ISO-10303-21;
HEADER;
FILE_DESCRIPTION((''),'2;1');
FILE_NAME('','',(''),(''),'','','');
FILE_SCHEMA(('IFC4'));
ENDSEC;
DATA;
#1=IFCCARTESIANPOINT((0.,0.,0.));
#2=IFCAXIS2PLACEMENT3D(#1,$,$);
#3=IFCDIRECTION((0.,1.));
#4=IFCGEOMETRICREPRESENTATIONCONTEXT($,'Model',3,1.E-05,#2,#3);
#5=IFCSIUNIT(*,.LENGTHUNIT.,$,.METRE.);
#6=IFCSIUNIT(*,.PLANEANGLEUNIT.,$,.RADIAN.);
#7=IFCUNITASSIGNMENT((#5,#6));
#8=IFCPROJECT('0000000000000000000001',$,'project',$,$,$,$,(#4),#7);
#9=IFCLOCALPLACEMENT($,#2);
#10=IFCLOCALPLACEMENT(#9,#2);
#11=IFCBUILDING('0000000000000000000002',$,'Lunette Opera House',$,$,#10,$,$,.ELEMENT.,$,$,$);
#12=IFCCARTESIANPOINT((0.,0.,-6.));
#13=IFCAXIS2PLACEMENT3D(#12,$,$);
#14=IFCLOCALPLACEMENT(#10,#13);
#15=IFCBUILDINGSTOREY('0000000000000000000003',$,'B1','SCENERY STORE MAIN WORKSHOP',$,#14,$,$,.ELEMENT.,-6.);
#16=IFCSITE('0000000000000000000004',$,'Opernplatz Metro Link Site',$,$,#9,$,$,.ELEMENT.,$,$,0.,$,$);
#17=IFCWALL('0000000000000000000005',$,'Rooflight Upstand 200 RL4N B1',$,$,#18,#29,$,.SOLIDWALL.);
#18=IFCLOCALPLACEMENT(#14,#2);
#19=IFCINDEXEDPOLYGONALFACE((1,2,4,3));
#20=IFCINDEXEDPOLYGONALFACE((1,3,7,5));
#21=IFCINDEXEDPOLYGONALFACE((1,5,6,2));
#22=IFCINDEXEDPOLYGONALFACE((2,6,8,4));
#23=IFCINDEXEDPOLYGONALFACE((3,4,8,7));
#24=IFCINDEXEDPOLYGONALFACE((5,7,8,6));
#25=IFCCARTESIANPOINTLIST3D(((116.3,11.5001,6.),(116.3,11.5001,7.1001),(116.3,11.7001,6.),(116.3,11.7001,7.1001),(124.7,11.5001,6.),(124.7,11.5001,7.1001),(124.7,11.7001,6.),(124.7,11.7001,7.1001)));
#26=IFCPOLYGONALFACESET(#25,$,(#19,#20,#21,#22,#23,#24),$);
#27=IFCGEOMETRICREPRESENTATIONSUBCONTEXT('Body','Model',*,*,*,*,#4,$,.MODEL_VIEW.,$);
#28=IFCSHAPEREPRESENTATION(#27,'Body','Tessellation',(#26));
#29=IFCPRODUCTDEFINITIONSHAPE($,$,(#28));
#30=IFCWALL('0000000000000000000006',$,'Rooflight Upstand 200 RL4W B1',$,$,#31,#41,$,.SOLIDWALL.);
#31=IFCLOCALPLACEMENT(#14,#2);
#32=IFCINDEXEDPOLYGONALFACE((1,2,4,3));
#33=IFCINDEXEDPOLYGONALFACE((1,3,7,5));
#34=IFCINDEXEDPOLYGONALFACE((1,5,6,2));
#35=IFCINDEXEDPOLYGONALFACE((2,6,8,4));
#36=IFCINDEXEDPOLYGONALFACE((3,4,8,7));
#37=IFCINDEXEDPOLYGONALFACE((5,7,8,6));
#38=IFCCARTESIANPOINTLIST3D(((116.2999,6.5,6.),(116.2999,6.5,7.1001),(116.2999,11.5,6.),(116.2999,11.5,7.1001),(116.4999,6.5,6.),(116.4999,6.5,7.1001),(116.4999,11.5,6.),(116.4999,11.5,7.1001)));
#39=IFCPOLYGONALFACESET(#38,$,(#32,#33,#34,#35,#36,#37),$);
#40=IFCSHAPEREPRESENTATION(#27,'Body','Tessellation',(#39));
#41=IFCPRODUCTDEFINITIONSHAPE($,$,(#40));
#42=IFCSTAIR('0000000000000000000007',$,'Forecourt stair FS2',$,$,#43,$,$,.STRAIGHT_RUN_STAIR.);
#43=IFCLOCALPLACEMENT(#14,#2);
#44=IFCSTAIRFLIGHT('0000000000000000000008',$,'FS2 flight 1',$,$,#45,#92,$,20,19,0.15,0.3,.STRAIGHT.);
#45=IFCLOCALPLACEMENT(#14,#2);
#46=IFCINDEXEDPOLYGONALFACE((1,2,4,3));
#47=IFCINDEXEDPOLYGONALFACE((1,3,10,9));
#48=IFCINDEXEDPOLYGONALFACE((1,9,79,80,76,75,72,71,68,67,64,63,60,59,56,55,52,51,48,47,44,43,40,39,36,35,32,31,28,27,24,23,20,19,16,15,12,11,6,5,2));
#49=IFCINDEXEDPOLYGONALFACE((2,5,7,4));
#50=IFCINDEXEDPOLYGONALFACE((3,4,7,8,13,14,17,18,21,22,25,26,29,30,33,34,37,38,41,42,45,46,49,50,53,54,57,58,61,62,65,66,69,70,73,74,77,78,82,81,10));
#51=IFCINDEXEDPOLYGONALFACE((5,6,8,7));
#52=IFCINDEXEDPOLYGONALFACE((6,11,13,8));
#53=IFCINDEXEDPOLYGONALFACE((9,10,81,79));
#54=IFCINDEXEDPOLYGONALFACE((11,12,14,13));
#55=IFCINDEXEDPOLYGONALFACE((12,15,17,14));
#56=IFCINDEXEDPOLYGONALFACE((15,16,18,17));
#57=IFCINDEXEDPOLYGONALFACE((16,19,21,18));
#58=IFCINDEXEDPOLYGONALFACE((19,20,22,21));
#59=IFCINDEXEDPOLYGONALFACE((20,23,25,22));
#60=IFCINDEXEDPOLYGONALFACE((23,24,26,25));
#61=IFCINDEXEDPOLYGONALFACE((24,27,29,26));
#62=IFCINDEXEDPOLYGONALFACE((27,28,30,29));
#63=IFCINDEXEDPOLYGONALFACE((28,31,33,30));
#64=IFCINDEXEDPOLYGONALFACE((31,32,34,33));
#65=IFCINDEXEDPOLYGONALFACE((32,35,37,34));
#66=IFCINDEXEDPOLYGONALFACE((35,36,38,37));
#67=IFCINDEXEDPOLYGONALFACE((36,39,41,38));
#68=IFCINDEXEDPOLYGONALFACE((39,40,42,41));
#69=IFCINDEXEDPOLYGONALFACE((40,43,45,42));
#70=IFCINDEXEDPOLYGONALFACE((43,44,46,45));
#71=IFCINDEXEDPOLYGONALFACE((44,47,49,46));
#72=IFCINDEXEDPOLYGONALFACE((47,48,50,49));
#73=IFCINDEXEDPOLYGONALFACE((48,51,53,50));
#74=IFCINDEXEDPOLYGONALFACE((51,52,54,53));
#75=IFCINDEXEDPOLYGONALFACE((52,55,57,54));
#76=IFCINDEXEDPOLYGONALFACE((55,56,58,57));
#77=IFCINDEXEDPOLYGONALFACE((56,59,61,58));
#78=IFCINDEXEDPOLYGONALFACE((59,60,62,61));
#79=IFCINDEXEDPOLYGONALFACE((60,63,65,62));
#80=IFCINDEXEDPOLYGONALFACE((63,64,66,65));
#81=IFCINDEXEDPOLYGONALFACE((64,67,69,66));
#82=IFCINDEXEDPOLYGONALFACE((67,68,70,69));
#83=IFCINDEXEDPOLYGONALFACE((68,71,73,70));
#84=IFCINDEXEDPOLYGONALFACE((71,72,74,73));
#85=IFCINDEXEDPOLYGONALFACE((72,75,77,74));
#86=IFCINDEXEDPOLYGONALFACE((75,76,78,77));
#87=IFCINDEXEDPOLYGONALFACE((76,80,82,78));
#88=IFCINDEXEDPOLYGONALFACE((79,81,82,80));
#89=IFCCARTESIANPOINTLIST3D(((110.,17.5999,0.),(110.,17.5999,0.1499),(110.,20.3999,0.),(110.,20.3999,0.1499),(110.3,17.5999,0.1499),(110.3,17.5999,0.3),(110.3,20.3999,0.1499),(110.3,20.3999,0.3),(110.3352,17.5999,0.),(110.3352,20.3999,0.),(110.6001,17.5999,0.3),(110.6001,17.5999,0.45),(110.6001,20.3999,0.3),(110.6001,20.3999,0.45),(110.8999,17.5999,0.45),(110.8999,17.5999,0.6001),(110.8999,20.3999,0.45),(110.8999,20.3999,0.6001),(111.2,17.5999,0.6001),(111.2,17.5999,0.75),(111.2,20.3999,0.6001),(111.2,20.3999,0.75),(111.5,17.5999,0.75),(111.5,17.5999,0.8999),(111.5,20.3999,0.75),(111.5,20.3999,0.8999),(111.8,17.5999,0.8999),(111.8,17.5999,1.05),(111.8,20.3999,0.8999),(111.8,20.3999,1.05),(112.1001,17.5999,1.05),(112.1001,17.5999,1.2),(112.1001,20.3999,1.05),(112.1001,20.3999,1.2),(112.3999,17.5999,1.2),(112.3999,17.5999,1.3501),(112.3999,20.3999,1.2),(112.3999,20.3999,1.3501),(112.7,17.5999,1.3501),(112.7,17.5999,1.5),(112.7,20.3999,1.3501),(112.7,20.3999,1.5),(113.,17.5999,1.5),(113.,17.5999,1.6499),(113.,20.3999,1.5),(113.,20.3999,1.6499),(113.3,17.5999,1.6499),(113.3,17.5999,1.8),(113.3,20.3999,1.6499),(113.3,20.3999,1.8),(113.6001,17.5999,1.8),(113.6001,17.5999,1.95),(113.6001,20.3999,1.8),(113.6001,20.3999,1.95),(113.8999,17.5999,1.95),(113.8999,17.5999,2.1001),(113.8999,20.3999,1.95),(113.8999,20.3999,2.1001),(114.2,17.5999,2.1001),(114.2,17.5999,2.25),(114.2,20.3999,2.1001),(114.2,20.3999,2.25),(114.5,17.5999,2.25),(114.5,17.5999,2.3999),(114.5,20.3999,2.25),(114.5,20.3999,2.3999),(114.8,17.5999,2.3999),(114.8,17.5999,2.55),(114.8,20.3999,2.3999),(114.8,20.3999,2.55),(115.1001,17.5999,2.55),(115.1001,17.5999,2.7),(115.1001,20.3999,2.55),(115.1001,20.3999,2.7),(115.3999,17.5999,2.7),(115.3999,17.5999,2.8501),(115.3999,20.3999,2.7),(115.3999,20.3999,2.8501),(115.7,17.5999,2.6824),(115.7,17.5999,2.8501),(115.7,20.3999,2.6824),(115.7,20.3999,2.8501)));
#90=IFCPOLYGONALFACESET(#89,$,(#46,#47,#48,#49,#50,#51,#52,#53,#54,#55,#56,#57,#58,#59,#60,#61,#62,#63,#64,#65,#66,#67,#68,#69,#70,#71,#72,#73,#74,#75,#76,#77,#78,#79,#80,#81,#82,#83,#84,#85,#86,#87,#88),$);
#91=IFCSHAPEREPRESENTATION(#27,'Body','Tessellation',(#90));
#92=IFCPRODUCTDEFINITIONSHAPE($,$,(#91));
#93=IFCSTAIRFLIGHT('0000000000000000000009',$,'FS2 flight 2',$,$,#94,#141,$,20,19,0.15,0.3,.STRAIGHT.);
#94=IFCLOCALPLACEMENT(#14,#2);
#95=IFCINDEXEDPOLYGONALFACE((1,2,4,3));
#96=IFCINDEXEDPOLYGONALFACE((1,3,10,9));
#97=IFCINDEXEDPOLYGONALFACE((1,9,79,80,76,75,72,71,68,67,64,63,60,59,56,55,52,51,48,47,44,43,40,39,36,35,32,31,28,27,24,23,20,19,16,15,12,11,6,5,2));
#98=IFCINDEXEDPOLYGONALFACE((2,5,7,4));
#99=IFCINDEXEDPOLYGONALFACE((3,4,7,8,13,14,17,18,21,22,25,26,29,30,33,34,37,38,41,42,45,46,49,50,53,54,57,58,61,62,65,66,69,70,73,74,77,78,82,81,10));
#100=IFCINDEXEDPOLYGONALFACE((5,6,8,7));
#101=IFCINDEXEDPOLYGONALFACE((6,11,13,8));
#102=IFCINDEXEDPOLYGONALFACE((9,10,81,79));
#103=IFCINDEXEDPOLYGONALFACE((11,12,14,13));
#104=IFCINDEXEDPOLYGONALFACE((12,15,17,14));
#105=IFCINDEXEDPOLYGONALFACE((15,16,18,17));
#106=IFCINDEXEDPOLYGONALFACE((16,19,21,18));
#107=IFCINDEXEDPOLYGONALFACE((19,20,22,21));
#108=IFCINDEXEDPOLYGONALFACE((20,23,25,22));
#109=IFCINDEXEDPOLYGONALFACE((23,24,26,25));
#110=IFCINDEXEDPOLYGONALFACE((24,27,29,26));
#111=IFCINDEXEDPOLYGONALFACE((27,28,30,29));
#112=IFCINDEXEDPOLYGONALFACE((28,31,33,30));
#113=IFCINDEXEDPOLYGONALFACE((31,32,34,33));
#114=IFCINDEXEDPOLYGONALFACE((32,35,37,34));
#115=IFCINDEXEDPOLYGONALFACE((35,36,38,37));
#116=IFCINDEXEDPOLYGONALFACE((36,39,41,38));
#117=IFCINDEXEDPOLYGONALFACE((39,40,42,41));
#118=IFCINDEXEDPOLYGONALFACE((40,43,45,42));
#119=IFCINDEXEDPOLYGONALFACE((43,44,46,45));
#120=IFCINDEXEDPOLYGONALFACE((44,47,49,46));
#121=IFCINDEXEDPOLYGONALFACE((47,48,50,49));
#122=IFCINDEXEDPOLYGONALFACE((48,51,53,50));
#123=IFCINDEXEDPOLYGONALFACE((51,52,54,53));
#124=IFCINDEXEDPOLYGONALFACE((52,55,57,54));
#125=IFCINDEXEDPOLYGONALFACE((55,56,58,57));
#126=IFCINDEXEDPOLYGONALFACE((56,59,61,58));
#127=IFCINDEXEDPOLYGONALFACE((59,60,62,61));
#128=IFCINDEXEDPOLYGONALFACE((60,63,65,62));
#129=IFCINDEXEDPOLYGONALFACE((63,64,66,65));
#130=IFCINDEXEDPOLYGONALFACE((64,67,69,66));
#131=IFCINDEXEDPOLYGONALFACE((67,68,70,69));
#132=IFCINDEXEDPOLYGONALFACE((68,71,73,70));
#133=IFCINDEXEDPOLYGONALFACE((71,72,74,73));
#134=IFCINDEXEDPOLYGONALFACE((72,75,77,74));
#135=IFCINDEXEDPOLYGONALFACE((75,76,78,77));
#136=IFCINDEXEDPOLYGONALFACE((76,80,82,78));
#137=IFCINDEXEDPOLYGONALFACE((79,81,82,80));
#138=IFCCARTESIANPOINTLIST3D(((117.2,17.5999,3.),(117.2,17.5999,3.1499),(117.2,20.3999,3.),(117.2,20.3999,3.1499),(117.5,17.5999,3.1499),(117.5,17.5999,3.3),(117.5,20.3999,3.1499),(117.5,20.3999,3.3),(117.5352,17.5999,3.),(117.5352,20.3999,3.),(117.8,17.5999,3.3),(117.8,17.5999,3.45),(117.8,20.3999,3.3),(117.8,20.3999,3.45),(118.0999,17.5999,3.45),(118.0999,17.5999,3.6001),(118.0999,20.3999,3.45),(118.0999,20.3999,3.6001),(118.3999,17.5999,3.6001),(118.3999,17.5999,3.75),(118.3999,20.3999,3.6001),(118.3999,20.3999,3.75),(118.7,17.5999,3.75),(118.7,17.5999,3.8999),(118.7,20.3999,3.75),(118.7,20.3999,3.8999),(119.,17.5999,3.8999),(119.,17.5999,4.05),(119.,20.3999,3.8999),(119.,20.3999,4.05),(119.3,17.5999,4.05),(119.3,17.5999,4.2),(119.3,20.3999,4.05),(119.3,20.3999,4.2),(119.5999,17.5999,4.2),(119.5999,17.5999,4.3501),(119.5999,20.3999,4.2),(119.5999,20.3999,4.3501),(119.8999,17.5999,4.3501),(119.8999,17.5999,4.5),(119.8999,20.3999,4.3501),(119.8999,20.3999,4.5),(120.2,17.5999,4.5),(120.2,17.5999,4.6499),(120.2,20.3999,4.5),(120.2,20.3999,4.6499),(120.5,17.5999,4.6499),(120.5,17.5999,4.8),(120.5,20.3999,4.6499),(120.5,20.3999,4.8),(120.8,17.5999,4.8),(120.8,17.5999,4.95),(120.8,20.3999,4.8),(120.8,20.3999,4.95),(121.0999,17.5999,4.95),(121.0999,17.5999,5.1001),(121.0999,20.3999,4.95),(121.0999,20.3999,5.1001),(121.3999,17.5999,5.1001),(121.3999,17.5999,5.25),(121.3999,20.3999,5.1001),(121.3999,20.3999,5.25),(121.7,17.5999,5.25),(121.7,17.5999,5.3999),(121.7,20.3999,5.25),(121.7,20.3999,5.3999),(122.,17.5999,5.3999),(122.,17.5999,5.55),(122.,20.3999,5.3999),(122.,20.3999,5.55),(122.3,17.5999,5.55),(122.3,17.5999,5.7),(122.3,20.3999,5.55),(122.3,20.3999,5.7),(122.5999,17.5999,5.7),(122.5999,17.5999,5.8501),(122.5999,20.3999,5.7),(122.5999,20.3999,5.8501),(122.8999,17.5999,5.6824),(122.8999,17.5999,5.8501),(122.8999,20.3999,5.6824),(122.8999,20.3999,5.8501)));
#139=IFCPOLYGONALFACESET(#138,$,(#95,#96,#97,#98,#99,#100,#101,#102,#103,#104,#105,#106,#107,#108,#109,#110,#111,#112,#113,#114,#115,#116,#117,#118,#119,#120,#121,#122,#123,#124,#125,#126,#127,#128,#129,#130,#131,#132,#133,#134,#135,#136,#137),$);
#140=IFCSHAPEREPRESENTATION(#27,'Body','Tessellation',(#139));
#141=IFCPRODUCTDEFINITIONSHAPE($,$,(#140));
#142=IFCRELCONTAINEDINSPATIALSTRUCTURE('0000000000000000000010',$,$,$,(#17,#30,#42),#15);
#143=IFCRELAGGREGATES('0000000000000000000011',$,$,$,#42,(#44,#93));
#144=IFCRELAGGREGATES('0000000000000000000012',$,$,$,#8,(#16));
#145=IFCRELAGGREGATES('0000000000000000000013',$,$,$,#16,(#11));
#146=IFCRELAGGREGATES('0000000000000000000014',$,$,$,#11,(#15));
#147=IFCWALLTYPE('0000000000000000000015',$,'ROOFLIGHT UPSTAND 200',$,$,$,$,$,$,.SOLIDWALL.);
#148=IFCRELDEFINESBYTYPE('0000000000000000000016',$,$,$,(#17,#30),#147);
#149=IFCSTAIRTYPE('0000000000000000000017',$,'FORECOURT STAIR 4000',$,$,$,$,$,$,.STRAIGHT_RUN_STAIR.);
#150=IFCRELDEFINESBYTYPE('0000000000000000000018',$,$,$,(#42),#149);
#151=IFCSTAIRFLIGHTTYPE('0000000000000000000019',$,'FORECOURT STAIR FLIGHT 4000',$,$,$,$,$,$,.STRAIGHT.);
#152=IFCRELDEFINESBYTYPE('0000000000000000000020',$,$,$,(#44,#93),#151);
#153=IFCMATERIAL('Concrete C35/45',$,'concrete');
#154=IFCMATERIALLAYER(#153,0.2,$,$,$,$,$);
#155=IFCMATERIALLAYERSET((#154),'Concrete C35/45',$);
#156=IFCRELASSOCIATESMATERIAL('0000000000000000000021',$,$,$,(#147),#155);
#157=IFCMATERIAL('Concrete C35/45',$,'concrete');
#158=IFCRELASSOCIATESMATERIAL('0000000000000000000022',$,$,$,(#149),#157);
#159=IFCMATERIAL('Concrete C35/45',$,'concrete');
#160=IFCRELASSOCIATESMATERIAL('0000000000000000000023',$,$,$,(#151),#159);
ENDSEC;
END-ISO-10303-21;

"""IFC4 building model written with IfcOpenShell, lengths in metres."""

from ifc_helpers import new_model, si_unit, direction, frame, frame_2d, origin, place, context, subcontext, project, spatial, polyline, rectangle, outline, extrude, material, layer, layer_set, type_object, element, aggregate, save


model = new_model("IFC4")

# Units and contexts
model_context = context("Model", 3, precision=1e-05, world=origin(), true_north=direction((0.0, 1.0)))
body_context = subcontext(model_context, "Body", "Model", "MODEL_VIEW")
ifc_project = project(units=[si_unit("LENGTHUNIT", "METRE"), si_unit("PLANEANGLEUNIT", "RADIAN")], contexts=[model_context])

# Site, building, storey
site_placement = place(None, origin())
site = spatial("IfcSite", under=ifc_project, at=site_placement, Name="Opernplatz Metro Link Site", CompositionType="ELEMENT", RefElevation=0.0)
building_placement = place(site_placement, origin())
building = spatial("IfcBuilding", under=site, at=building_placement, Name="Lunette Opera House", CompositionType="ELEMENT")
storey_placement = place(building_placement, frame((0.0, 0.0, -6.0)))
storey = spatial("IfcBuildingStorey", under=building, at=storey_placement, Name="B1", Description="SCENERY STORE MAIN WORKSHOP", CompositionType="ELEMENT", Elevation=-6.0)

# Walls
ifc_material_1 = material(Name="Concrete C35/45", Category="concrete")
ifc_layer_1 = layer(ifc_material_1, 0.2)
ifc_layer_set_1 = layer_set([ifc_layer_1], Name="Concrete C35/45")
wall_type_1 = type_object("IfcWallType", Name="ROOFLIGHT UPSTAND 200", PredefinedType="SOLIDWALL", material=ifc_layer_set_1)
for number, where, z_axis, x_axis, name in (
    (1, (116.3, 11.6001, 6.0), (0.0, 0.0, 1.0), (1.0, 0.0, 0.0), "Rooflight Upstand 200 RL4N B1"),
):
    element("IfcWall", number, at=place(storey_placement, frame(where, z_axis=z_axis, x_axis=x_axis)), inside=storey, type_object=wall_type_1, Name=name, PredefinedType="SOLIDWALL", context=body_context, shape_type="SweptSolid", body=[
        extrude(rectangle(XDim=8.3999, YDim=0.2, at=frame_2d((4.2, 0.0))), origin(), (0.0, 0.0, 1.0), 1.1001),
    ])
wall_1_placement = place(storey_placement, frame((116.3999, 6.5, 6.0), z_axis=(0.0, 0.0, 1.0), x_axis=(0.0, 1.0, 0.0)))
element("IfcWall", 2, at=wall_1_placement, inside=storey, type_object=wall_type_1, Name="Rooflight Upstand 200 RL4W B1", PredefinedType="SOLIDWALL", context=body_context, shape_type="SweptSolid", body=[
    extrude(rectangle(XDim=5.0, YDim=0.2, at=frame_2d((2.5, 0.0))), origin(), (0.0, 0.0, 1.0), 1.1001),
])

# Stair, stair flights
ifc_material_2 = material(Name="Concrete C35/45", Category="concrete")
stair_type = type_object("IfcStairType", Name="FORECOURT STAIR 4000", PredefinedType="STRAIGHT_RUN_STAIR", material=ifc_material_2)
stair_placement = place(storey_placement, origin())
stair = element("IfcStair", 3, at=stair_placement, inside=storey, type_object=stair_type, Name="Forecourt stair FS2", PredefinedType="STRAIGHT_RUN_STAIR")
ifc_material_3 = material(Name="Concrete C35/45", Category="concrete")
stair_flight_type = type_object("IfcStairFlightType", Name="FORECOURT STAIR FLIGHT 4000", PredefinedType="STRAIGHT", material=ifc_material_3)
stair_flight_1_placement = place(storey_placement, frame((110.0, 19.0, 0.0), z_axis=(0.0, 0.0, 1.0), x_axis=(1.0, 0.0, 0.0)))
stair_flight_1 = element("IfcStairFlight", 4, at=stair_flight_1_placement, type_object=stair_flight_type, Name="FS2 flight 1", NumberOfRisers=20, NumberOfTreads=19, PredefinedType="STRAIGHT", RiserHeight=0.15, TreadLength=0.3, context=body_context, shape_type="SweptSolid", body=[
    extrude(outline(polyline([(0.0, 0.0), (0.0, 0.1499), (0.3, 0.1499), (0.3, 0.3), (0.6001, 0.3), (0.6001, 0.45), (0.8999, 0.45), (0.8999, 0.6001), (1.2, 0.6001), (1.2, 0.75), (1.5, 0.75), (1.5, 0.8999), (1.8, 0.8999), (1.8, 1.05), (2.1001, 1.05), (2.1001, 1.2), (2.3999, 1.2), (2.3999, 1.3501), (2.7, 1.3501), (2.7, 1.5), (3.0, 1.5), (3.0, 1.6499), (3.3, 1.6499), (3.3, 1.8), (3.6001, 1.8), (3.6001, 1.95), (3.8999, 1.95), (3.8999, 2.1001), (4.2, 2.1001), (4.2, 2.25), (4.5, 2.25), (4.5, 2.3999), (4.8, 2.3999), (4.8, 2.55), (5.1001, 2.55), (5.1001, 2.7), (5.3999, 2.7), (5.3999, 2.8501), (5.7, 2.8501), (5.7, 3.0), (5.7, 2.6824), (0.3352, 0.0), (0.0, 0.0)])), frame((0.0, 1.3999, 0.0), z_axis=(0.0, -1.0, 0.0), x_axis=(1.0, 0.0, 0.0)), (0.0, 0.0, 1.0), 2.8),
])
stair_flight_2_placement = place(storey_placement, frame((117.2, 19.0, 3.0), z_axis=(0.0, 0.0, 1.0), x_axis=(1.0, 0.0, 0.0)))
stair_flight_2 = element("IfcStairFlight", 5, at=stair_flight_2_placement, type_object=stair_flight_type, Name="FS2 flight 2", NumberOfRisers=20, NumberOfTreads=19, PredefinedType="STRAIGHT", RiserHeight=0.15, TreadLength=0.3, context=body_context, shape_type="SweptSolid", body=[
    extrude(outline(polyline([(0.0, 0.0), (0.0, 0.1499), (0.3, 0.1499), (0.3, 0.3), (0.6001, 0.3), (0.6001, 0.45), (0.8999, 0.45), (0.8999, 0.6001), (1.2, 0.6001), (1.2, 0.75), (1.5, 0.75), (1.5, 0.8999), (1.8, 0.8999), (1.8, 1.05), (2.1001, 1.05), (2.1001, 1.2), (2.3999, 1.2), (2.3999, 1.3501), (2.7, 1.3501), (2.7, 1.5), (3.0, 1.5), (3.0, 1.6499), (3.3, 1.6499), (3.3, 1.8), (3.6001, 1.8), (3.6001, 1.95), (3.8999, 1.95), (3.8999, 2.1001), (4.2, 2.1001), (4.2, 2.25), (4.5, 2.25), (4.5, 2.3999), (4.8, 2.3999), (4.8, 2.55), (5.1001, 2.55), (5.1001, 2.7), (5.3999, 2.7), (5.3999, 2.8501), (5.7, 2.8501), (5.7, 3.0), (5.7, 2.6824), (0.3352, 0.0), (0.0, 0.0)])), frame((0.0, 1.3999, 0.0), z_axis=(0.0, -1.0, 0.0), x_axis=(1.0, 0.0, 0.0)), (0.0, 0.0, 1.0), 2.8),
])
aggregate(stair, [stair_flight_1, stair_flight_2])

save(model, "model.ifc")
